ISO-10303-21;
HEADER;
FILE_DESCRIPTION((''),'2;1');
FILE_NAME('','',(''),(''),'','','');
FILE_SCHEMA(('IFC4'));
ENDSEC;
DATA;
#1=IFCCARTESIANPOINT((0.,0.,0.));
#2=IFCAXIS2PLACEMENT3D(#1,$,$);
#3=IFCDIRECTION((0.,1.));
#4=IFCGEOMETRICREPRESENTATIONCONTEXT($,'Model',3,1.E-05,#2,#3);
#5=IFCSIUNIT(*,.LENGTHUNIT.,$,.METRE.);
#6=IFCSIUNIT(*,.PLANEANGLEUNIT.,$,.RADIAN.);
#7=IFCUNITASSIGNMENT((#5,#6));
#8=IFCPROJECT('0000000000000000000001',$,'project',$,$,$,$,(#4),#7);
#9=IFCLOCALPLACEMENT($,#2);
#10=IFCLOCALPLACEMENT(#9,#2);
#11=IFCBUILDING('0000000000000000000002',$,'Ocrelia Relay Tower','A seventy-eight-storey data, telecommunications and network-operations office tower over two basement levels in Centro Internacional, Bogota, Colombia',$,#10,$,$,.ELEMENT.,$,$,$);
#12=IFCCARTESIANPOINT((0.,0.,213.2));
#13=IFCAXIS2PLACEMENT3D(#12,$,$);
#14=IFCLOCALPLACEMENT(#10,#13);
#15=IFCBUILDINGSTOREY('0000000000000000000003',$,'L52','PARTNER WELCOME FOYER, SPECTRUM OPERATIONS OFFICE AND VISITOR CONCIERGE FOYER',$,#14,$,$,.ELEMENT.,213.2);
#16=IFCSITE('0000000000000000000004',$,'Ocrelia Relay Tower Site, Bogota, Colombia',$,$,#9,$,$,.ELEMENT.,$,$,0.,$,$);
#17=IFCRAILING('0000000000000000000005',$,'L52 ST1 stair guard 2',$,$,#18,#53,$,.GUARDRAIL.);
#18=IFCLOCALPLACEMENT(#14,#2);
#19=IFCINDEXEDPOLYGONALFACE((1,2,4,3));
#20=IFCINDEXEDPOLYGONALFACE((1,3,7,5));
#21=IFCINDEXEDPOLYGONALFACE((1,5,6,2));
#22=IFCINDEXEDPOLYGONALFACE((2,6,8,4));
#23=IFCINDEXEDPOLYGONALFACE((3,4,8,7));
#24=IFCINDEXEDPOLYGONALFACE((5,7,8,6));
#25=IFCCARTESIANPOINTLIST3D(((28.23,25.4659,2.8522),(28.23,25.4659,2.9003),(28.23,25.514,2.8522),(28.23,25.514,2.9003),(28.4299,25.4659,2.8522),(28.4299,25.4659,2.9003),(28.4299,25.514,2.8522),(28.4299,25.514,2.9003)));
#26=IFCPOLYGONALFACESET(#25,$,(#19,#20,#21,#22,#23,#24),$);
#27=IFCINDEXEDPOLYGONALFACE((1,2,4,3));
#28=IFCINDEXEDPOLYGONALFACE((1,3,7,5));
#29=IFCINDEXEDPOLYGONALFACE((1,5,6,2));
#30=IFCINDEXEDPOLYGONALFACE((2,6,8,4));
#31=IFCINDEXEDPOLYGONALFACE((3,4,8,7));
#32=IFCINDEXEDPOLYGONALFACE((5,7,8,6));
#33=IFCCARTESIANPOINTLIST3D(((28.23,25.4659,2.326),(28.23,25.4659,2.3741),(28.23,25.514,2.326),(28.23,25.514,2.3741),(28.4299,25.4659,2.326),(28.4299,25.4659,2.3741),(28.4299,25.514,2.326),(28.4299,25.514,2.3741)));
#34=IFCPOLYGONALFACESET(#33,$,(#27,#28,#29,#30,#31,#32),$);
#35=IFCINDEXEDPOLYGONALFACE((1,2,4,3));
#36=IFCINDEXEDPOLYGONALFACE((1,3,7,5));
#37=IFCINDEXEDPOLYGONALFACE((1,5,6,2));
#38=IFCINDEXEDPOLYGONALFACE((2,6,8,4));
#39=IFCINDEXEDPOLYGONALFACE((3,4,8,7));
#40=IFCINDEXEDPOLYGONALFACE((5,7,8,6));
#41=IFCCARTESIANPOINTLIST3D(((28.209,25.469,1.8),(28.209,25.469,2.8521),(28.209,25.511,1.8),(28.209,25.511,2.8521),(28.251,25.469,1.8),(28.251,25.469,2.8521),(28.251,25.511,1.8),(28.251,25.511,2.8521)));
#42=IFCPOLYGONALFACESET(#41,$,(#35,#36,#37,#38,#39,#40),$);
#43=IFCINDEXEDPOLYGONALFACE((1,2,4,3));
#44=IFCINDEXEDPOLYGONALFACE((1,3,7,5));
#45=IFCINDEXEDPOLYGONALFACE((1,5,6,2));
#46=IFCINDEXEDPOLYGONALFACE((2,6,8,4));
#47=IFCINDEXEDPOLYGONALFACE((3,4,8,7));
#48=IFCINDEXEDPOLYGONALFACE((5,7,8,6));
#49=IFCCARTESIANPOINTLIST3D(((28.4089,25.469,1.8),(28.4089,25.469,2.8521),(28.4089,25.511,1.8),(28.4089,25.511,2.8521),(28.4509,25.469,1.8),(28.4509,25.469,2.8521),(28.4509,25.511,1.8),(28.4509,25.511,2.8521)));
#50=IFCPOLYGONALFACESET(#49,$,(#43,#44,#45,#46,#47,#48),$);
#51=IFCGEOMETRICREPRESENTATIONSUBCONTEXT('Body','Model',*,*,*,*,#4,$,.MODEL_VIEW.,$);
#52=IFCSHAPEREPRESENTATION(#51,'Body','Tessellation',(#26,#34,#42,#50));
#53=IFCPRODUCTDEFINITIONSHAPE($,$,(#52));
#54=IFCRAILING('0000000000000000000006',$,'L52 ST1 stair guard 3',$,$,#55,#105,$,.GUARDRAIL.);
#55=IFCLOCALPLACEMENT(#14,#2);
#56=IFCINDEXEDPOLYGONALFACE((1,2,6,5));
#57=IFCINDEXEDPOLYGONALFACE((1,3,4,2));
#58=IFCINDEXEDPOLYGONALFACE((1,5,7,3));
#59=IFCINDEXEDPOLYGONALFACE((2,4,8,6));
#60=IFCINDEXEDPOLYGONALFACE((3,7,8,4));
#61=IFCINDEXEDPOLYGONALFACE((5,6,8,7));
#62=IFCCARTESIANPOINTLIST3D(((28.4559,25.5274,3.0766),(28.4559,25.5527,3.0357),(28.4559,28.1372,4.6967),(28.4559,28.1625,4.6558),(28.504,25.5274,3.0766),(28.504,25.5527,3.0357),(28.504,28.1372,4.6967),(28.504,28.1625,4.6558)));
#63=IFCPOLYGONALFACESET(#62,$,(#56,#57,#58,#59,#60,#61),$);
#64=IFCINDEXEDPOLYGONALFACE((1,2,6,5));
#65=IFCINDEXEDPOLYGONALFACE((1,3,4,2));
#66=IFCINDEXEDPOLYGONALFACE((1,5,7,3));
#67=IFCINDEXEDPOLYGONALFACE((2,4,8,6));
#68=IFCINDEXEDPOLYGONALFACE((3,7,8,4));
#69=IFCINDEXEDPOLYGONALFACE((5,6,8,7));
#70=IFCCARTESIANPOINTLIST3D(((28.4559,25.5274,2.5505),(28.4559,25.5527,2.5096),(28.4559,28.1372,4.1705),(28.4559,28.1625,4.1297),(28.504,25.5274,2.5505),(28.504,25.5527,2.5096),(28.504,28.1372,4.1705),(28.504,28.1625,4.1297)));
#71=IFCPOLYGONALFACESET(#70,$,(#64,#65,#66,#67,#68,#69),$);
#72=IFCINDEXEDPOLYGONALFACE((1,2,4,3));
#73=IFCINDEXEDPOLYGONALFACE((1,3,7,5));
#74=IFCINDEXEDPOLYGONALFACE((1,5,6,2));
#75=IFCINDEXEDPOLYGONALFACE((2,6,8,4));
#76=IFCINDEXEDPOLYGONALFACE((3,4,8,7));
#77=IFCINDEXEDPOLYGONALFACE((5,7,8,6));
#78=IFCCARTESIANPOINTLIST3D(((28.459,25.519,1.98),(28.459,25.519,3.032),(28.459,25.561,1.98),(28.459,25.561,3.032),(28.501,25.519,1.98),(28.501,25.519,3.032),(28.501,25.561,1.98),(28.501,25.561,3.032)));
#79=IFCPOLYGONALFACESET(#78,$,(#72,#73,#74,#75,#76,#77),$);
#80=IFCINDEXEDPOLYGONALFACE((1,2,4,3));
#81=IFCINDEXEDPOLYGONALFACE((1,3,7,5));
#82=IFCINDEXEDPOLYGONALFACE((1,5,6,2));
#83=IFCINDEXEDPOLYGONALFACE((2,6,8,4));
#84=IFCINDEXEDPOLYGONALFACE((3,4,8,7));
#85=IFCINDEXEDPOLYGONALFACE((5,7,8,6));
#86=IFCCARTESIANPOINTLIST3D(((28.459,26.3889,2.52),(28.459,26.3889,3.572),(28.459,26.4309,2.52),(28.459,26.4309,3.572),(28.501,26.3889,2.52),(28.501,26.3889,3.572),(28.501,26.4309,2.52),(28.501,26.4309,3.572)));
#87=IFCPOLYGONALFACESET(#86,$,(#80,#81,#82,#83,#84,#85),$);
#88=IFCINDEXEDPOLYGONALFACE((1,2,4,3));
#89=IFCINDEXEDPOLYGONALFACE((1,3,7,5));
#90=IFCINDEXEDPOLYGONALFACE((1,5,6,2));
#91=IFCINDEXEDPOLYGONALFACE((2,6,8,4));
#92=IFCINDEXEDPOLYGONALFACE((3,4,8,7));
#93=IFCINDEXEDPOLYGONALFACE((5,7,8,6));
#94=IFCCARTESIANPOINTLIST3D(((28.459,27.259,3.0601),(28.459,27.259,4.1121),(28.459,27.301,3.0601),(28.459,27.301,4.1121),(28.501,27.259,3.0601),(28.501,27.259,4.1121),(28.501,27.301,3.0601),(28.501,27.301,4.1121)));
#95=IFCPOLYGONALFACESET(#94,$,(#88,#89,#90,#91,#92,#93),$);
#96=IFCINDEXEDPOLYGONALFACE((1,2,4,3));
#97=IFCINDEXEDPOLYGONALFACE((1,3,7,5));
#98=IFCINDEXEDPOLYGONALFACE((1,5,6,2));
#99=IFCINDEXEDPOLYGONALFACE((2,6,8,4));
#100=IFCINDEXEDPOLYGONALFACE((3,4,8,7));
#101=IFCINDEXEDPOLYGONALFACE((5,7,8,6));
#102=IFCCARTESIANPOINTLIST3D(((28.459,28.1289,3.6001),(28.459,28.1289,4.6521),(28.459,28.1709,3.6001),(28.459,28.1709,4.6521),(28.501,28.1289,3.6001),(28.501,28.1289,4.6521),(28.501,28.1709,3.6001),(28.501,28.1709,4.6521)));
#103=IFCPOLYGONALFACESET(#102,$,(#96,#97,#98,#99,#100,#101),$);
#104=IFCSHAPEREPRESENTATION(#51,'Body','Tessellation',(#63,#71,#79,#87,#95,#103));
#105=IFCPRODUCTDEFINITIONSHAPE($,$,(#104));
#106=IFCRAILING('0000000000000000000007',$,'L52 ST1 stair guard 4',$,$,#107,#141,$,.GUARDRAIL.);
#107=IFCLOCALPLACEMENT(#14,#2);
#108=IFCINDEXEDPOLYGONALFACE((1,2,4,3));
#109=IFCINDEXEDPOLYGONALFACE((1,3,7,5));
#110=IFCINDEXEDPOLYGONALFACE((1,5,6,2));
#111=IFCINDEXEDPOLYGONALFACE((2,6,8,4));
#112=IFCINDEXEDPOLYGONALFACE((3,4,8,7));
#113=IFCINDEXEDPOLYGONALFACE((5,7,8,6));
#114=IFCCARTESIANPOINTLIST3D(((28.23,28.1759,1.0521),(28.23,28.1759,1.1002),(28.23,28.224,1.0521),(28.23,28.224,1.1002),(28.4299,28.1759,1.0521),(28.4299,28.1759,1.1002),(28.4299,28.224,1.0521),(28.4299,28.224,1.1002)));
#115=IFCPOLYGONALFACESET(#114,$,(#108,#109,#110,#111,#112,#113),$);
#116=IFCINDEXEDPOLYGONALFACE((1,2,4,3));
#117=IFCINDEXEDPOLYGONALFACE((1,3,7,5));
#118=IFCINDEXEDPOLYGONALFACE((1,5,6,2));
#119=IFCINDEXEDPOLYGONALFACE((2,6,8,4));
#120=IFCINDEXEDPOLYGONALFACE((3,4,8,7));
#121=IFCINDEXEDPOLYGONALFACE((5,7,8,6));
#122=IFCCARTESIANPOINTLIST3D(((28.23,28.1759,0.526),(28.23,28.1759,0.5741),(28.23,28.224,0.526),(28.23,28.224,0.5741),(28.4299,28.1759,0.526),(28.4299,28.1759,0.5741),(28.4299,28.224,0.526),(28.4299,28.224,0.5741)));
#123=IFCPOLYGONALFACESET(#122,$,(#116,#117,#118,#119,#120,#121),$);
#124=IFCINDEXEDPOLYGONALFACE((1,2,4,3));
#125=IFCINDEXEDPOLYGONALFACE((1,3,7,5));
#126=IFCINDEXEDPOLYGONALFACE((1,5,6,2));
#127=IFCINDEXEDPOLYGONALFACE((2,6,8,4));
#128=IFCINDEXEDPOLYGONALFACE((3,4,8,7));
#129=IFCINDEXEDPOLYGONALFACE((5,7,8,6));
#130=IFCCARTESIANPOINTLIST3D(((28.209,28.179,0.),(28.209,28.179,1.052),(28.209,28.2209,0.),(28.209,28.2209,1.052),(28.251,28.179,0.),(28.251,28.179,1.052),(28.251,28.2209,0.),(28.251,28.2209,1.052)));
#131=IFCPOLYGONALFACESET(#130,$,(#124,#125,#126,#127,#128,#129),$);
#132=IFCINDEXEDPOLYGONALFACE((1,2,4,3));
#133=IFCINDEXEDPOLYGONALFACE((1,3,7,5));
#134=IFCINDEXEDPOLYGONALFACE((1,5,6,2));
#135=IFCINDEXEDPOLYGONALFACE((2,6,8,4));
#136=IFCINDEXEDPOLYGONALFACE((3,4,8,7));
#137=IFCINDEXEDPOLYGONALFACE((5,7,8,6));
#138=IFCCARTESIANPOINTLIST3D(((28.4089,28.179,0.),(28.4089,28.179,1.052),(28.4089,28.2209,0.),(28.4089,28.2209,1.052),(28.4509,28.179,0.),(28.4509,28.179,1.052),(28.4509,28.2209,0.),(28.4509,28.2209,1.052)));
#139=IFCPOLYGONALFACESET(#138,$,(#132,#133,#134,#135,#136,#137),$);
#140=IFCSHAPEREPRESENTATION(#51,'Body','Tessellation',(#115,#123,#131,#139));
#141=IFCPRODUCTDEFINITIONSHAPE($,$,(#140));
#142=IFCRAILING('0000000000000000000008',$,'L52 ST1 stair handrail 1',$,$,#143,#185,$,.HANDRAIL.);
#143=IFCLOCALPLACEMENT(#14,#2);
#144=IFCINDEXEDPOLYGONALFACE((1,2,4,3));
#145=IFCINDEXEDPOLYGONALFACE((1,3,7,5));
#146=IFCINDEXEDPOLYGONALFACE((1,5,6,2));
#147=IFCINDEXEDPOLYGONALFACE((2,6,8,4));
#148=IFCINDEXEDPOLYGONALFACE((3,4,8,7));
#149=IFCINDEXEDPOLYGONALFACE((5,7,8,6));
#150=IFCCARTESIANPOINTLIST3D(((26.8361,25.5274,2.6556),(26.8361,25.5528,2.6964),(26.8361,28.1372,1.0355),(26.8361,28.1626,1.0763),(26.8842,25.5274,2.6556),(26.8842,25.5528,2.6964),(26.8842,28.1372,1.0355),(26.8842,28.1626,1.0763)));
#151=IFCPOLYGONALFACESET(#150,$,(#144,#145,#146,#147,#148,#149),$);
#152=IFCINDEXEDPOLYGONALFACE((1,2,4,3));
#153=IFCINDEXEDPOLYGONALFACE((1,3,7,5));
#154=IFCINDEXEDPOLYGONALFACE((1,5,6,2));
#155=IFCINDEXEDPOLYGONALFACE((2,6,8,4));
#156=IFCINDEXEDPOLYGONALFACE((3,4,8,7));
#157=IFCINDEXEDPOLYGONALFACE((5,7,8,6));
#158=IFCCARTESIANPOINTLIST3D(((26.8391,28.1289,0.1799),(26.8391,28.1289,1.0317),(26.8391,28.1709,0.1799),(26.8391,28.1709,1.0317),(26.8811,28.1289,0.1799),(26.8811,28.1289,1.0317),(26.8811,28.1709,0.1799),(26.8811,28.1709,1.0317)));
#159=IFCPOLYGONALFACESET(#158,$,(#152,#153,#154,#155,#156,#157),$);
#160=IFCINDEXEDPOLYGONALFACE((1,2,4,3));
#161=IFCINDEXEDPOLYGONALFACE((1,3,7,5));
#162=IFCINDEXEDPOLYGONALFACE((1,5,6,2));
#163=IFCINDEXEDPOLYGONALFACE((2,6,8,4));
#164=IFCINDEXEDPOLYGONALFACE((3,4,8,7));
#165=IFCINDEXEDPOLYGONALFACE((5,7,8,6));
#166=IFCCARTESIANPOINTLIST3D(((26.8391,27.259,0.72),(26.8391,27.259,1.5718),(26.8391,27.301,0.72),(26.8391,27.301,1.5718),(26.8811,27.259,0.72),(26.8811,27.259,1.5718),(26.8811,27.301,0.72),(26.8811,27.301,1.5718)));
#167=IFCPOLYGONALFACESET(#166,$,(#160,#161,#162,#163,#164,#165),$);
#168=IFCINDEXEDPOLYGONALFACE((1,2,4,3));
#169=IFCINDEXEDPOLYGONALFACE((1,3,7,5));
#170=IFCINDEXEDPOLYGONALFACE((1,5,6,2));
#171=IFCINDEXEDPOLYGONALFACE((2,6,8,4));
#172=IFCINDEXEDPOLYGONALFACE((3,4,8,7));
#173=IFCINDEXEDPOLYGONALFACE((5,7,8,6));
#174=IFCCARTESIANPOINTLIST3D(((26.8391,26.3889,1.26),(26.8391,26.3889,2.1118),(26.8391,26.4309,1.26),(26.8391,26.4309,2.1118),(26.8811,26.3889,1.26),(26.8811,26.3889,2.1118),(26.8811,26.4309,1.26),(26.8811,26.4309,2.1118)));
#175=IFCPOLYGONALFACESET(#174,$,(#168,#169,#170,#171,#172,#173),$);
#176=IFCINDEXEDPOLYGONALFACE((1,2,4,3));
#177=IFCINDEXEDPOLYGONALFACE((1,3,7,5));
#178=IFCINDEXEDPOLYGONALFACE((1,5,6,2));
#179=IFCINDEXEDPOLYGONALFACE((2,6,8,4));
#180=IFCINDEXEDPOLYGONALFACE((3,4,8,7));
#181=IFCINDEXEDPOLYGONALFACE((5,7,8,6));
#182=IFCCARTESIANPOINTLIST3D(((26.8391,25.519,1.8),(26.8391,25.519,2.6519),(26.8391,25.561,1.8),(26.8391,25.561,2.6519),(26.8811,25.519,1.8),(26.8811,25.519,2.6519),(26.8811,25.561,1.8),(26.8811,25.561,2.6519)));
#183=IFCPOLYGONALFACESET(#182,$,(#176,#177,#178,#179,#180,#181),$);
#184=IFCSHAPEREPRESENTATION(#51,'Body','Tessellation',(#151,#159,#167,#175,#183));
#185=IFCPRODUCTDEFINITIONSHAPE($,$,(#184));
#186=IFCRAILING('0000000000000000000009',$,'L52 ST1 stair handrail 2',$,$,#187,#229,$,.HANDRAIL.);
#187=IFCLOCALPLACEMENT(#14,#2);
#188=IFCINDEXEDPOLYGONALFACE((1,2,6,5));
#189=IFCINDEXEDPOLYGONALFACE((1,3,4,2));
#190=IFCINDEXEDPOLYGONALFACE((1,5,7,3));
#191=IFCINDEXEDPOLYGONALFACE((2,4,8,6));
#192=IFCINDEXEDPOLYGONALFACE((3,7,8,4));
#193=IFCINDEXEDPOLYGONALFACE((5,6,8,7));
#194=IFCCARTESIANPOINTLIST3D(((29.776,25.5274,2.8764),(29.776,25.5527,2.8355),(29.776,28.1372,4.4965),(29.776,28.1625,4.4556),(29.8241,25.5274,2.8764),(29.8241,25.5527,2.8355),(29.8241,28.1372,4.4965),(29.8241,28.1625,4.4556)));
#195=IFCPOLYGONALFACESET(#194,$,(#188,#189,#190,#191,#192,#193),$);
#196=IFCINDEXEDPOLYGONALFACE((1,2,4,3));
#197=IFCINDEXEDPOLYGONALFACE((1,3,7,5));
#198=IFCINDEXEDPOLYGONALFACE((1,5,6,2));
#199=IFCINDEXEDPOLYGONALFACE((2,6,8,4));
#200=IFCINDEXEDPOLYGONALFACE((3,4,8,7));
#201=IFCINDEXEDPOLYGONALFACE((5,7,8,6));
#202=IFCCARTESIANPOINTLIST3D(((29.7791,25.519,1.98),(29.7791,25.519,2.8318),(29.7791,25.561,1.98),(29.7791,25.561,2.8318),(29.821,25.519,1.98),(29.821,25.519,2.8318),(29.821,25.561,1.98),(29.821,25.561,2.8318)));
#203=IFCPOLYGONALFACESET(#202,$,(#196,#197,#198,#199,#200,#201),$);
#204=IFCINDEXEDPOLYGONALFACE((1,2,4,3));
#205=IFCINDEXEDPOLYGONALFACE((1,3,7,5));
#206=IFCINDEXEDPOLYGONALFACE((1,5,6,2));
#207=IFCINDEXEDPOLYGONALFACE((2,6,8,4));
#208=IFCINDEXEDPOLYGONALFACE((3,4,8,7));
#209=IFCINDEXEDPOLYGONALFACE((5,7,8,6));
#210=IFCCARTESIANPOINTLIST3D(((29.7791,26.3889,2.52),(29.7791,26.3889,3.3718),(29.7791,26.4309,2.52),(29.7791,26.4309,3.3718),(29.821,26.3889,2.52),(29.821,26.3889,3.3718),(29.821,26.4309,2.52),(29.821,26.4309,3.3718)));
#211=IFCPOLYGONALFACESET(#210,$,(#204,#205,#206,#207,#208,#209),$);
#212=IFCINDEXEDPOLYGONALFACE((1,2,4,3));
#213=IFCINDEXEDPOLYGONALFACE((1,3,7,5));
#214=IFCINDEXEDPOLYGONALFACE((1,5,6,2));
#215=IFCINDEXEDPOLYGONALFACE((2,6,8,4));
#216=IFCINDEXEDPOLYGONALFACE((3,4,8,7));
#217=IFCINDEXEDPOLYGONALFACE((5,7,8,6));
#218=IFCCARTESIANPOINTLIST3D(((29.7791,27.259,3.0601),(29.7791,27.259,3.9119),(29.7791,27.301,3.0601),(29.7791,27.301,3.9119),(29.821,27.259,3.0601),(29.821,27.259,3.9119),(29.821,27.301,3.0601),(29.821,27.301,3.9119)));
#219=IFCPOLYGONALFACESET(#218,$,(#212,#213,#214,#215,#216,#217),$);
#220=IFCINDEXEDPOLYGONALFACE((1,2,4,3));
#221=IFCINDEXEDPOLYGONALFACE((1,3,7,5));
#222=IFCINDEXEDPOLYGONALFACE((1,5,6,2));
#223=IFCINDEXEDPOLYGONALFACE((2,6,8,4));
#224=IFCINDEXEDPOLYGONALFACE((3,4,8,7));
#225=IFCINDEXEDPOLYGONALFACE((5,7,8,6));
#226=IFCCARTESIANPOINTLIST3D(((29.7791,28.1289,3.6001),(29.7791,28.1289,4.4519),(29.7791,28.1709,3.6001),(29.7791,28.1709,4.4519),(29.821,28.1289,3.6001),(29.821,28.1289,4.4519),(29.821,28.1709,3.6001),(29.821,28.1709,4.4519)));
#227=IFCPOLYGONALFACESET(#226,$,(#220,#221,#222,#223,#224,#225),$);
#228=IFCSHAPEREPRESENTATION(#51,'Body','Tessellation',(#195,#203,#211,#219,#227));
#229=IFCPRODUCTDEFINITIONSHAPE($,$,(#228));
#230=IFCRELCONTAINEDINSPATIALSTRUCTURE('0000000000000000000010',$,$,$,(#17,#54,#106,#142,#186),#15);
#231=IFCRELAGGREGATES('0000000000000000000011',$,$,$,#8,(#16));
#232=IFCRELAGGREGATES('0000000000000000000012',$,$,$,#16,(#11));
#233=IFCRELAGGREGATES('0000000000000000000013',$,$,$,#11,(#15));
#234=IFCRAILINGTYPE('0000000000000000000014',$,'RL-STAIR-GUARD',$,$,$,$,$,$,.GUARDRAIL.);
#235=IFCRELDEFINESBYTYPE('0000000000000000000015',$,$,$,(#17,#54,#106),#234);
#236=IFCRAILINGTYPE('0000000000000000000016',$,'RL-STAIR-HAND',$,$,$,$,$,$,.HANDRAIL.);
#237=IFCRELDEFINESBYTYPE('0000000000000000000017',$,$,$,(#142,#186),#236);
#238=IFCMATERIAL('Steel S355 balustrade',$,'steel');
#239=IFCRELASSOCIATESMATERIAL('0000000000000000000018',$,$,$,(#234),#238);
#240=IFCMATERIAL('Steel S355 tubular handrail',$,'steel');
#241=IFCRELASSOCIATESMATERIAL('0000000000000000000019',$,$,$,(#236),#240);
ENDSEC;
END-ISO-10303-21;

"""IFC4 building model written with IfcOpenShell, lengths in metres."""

from ifc_helpers import new_model, si_unit, direction, frame, origin, origin_2d, place, context, subcontext, project, spatial, rectangle, extrude, material, type_object, element, save


model = new_model("IFC4")

# Units and contexts
model_context = context("Model", 3, precision=1e-05, world=origin(), true_north=direction((0.0, 1.0)))
body_context = subcontext(model_context, "Body", "Model", "MODEL_VIEW")
ifc_project = project(units=[si_unit("LENGTHUNIT", "METRE"), si_unit("PLANEANGLEUNIT", "RADIAN")], contexts=[model_context])

# Site, building, storey
site_placement = place(None, origin())
site = spatial("IfcSite", under=ifc_project, at=site_placement, Name="Ocrelia Relay Tower Site, Bogota, Colombia", CompositionType="ELEMENT", RefElevation=0.0)
building_placement = place(site_placement, origin())
building = spatial("IfcBuilding", under=site, at=building_placement, Name="Ocrelia Relay Tower", Description="A seventy-eight-storey data, telecommunications and network-operations office tower over two basement levels in Centro Internacional, Bogota, Colombia", CompositionType="ELEMENT")
storey_placement = place(building_placement, frame((0.0, 0.0, 213.2)))
storey = spatial("IfcBuildingStorey", under=building, at=storey_placement, Name="L52", Description="PARTNER WELCOME FOYER, SPECTRUM OPERATIONS OFFICE AND VISITOR CONCIERGE FOYER", CompositionType="ELEMENT", Elevation=213.2)

# Railings
ifc_material_1 = material(Name="Steel S355 balustrade", Category="steel")
railing_type_1 = type_object("IfcRailingType", Name="RL-STAIR-GUARD", PredefinedType="GUARDRAIL", material=ifc_material_1)
railing_1_placement = place(storey_placement, frame((28.23, 25.49, 1.8)))
element("IfcRailing", 1, at=railing_1_placement, inside=storey, type_object=railing_type_1, Name="L52 ST1 stair guard 2", PredefinedType="GUARDRAIL", context=body_context, shape_type="SweptSolid", body=[
    extrude(rectangle(XDim=0.0481, YDim=0.0481, at=origin_2d()), frame((0.0, 0.0, 1.0762), z_axis=(1.0, 0.0, 0.0), x_axis=(0.0, 1.0, 0.0)), (0.0, 0.0, 1.0), 0.2),
    extrude(rectangle(XDim=0.0481, YDim=0.0481, at=origin_2d()), frame((0.0, 0.0, 0.55), z_axis=(1.0, 0.0, 0.0), x_axis=(0.0, 1.0, 0.0)), (0.0, 0.0, 1.0), 0.2),
    extrude(rectangle(XDim=0.042, YDim=0.042, at=origin_2d()), origin(), (0.0, 0.0, 1.0), 1.052),
    extrude(rectangle(XDim=0.042, YDim=0.042, at=origin_2d()), frame((0.2, 0.0, 0.0)), (0.0, 0.0, 1.0), 1.052),
])
railing_2_placement = place(storey_placement, frame((28.48, 25.54, 1.98)))
element("IfcRailing", 2, at=railing_2_placement, inside=storey, type_object=railing_type_1, Name="L52 ST1 stair guard 3", PredefinedType="GUARDRAIL", context=body_context, shape_type="SweptSolid", body=[
    extrude(rectangle(XDim=0.0481, YDim=0.0481, at=origin_2d()), frame((0.0, 0.0, 1.0762), z_axis=(0.0, 0.849611, 0.52741), x_axis=(-1.0, 0.0, 0.0)), (0.0, 0.0, 1.0), 3.0718),
    extrude(rectangle(XDim=0.0481, YDim=0.0481, at=origin_2d()), frame((0.0, 0.0, 0.55), z_axis=(0.0, 0.849611, 0.52741), x_axis=(-1.0, 0.0, 0.0)), (0.0, 0.0, 1.0), 3.0718),
    extrude(rectangle(XDim=0.042, YDim=0.042, at=origin_2d()), origin(), (0.0, 0.0, 1.0), 1.052),
    extrude(rectangle(XDim=0.042, YDim=0.042, at=origin_2d()), frame((0.0, 0.8699, 0.54)), (0.0, 0.0, 1.0), 1.052),
    extrude(rectangle(XDim=0.042, YDim=0.042, at=origin_2d()), frame((0.0, 1.74, 1.0801)), (0.0, 0.0, 1.0), 1.052),
    extrude(rectangle(XDim=0.042, YDim=0.042, at=origin_2d()), frame((0.0, 2.6099, 1.6201)), (0.0, 0.0, 1.0), 1.052),
])
railing_3_placement = place(storey_placement, frame((28.23, 28.2, 0.0)))
element("IfcRailing", 3, at=railing_3_placement, inside=storey, type_object=railing_type_1, Name="L52 ST1 stair guard 4", PredefinedType="GUARDRAIL", context=body_context, shape_type="SweptSolid", body=[
    extrude(rectangle(XDim=0.0481, YDim=0.0481, at=origin_2d()), frame((0.0, 0.0, 1.0762), z_axis=(1.0, 0.0, 0.0), x_axis=(0.0, 1.0, 0.0)), (0.0, 0.0, 1.0), 0.2),
    extrude(rectangle(XDim=0.0481, YDim=0.0481, at=origin_2d()), frame((0.0, 0.0, 0.55), z_axis=(1.0, 0.0, 0.0), x_axis=(0.0, 1.0, 0.0)), (0.0, 0.0, 1.0), 0.2),
    extrude(rectangle(XDim=0.042, YDim=0.042, at=origin_2d()), origin(), (0.0, 0.0, 1.0), 1.052),
    extrude(rectangle(XDim=0.042, YDim=0.042, at=origin_2d()), frame((0.2, 0.0, 0.0)), (0.0, 0.0, 1.0), 1.052),
])
ifc_material_2 = material(Name="Steel S355 tubular handrail", Category="steel")
railing_type_2 = type_object("IfcRailingType", Name="RL-STAIR-HAND", PredefinedType="HANDRAIL", material=ifc_material_2)
railing_4_placement = place(storey_placement, frame((26.8601, 28.1499, 0.1799)))
element("IfcRailing", 4, at=railing_4_placement, inside=storey, type_object=railing_type_2, Name="L52 ST1 stair handrail 1", PredefinedType="HANDRAIL", context=body_context, shape_type="SweptSolid", body=[
    extrude(rectangle(XDim=0.0481, YDim=0.0481, at=origin_2d()), frame((0.0, 0.0, 0.876), z_axis=(0.0, -0.849611, 0.52741), x_axis=(1.0, 0.0, 0.0)), (0.0, 0.0, 1.0), 3.0718),
    extrude(rectangle(XDim=0.042, YDim=0.042, at=origin_2d()), origin(), (0.0, 0.0, 1.0), 0.8518),
    extrude(rectangle(XDim=0.042, YDim=0.042, at=origin_2d()), frame((0.0, -0.8699, 0.54)), (0.0, 0.0, 1.0), 0.8518),
    extrude(rectangle(XDim=0.042, YDim=0.042, at=origin_2d()), frame((0.0, -1.74, 1.0801)), (0.0, 0.0, 1.0), 0.8518),
    extrude(rectangle(XDim=0.042, YDim=0.042, at=origin_2d()), frame((0.0, -2.6099, 1.6201)), (0.0, 0.0, 1.0), 0.8518),
])
railing_5_placement = place(storey_placement, frame((29.8, 25.54, 1.98)))
element("IfcRailing", 5, at=railing_5_placement, inside=storey, type_object=railing_type_2, Name="L52 ST1 stair handrail 2", PredefinedType="HANDRAIL", context=body_context, shape_type="SweptSolid", body=[
    extrude(rectangle(XDim=0.0481, YDim=0.0481, at=origin_2d()), frame((0.0, 0.0, 0.876), z_axis=(0.0, 0.849611, 0.52741), x_axis=(-1.0, 0.0, 0.0)), (0.0, 0.0, 1.0), 3.0718),
    extrude(rectangle(XDim=0.042, YDim=0.042, at=origin_2d()), origin(), (0.0, 0.0, 1.0), 0.8518),
    extrude(rectangle(XDim=0.042, YDim=0.042, at=origin_2d()), frame((0.0, 0.8699, 0.54)), (0.0, 0.0, 1.0), 0.8518),
    extrude(rectangle(XDim=0.042, YDim=0.042, at=origin_2d()), frame((0.0, 1.74, 1.0801)), (0.0, 0.0, 1.0), 0.8518),
    extrude(rectangle(XDim=0.042, YDim=0.042, at=origin_2d()), frame((0.0, 2.6099, 1.6201)), (0.0, 0.0, 1.0), 0.8518),
])

save(model, "model.ifc")
